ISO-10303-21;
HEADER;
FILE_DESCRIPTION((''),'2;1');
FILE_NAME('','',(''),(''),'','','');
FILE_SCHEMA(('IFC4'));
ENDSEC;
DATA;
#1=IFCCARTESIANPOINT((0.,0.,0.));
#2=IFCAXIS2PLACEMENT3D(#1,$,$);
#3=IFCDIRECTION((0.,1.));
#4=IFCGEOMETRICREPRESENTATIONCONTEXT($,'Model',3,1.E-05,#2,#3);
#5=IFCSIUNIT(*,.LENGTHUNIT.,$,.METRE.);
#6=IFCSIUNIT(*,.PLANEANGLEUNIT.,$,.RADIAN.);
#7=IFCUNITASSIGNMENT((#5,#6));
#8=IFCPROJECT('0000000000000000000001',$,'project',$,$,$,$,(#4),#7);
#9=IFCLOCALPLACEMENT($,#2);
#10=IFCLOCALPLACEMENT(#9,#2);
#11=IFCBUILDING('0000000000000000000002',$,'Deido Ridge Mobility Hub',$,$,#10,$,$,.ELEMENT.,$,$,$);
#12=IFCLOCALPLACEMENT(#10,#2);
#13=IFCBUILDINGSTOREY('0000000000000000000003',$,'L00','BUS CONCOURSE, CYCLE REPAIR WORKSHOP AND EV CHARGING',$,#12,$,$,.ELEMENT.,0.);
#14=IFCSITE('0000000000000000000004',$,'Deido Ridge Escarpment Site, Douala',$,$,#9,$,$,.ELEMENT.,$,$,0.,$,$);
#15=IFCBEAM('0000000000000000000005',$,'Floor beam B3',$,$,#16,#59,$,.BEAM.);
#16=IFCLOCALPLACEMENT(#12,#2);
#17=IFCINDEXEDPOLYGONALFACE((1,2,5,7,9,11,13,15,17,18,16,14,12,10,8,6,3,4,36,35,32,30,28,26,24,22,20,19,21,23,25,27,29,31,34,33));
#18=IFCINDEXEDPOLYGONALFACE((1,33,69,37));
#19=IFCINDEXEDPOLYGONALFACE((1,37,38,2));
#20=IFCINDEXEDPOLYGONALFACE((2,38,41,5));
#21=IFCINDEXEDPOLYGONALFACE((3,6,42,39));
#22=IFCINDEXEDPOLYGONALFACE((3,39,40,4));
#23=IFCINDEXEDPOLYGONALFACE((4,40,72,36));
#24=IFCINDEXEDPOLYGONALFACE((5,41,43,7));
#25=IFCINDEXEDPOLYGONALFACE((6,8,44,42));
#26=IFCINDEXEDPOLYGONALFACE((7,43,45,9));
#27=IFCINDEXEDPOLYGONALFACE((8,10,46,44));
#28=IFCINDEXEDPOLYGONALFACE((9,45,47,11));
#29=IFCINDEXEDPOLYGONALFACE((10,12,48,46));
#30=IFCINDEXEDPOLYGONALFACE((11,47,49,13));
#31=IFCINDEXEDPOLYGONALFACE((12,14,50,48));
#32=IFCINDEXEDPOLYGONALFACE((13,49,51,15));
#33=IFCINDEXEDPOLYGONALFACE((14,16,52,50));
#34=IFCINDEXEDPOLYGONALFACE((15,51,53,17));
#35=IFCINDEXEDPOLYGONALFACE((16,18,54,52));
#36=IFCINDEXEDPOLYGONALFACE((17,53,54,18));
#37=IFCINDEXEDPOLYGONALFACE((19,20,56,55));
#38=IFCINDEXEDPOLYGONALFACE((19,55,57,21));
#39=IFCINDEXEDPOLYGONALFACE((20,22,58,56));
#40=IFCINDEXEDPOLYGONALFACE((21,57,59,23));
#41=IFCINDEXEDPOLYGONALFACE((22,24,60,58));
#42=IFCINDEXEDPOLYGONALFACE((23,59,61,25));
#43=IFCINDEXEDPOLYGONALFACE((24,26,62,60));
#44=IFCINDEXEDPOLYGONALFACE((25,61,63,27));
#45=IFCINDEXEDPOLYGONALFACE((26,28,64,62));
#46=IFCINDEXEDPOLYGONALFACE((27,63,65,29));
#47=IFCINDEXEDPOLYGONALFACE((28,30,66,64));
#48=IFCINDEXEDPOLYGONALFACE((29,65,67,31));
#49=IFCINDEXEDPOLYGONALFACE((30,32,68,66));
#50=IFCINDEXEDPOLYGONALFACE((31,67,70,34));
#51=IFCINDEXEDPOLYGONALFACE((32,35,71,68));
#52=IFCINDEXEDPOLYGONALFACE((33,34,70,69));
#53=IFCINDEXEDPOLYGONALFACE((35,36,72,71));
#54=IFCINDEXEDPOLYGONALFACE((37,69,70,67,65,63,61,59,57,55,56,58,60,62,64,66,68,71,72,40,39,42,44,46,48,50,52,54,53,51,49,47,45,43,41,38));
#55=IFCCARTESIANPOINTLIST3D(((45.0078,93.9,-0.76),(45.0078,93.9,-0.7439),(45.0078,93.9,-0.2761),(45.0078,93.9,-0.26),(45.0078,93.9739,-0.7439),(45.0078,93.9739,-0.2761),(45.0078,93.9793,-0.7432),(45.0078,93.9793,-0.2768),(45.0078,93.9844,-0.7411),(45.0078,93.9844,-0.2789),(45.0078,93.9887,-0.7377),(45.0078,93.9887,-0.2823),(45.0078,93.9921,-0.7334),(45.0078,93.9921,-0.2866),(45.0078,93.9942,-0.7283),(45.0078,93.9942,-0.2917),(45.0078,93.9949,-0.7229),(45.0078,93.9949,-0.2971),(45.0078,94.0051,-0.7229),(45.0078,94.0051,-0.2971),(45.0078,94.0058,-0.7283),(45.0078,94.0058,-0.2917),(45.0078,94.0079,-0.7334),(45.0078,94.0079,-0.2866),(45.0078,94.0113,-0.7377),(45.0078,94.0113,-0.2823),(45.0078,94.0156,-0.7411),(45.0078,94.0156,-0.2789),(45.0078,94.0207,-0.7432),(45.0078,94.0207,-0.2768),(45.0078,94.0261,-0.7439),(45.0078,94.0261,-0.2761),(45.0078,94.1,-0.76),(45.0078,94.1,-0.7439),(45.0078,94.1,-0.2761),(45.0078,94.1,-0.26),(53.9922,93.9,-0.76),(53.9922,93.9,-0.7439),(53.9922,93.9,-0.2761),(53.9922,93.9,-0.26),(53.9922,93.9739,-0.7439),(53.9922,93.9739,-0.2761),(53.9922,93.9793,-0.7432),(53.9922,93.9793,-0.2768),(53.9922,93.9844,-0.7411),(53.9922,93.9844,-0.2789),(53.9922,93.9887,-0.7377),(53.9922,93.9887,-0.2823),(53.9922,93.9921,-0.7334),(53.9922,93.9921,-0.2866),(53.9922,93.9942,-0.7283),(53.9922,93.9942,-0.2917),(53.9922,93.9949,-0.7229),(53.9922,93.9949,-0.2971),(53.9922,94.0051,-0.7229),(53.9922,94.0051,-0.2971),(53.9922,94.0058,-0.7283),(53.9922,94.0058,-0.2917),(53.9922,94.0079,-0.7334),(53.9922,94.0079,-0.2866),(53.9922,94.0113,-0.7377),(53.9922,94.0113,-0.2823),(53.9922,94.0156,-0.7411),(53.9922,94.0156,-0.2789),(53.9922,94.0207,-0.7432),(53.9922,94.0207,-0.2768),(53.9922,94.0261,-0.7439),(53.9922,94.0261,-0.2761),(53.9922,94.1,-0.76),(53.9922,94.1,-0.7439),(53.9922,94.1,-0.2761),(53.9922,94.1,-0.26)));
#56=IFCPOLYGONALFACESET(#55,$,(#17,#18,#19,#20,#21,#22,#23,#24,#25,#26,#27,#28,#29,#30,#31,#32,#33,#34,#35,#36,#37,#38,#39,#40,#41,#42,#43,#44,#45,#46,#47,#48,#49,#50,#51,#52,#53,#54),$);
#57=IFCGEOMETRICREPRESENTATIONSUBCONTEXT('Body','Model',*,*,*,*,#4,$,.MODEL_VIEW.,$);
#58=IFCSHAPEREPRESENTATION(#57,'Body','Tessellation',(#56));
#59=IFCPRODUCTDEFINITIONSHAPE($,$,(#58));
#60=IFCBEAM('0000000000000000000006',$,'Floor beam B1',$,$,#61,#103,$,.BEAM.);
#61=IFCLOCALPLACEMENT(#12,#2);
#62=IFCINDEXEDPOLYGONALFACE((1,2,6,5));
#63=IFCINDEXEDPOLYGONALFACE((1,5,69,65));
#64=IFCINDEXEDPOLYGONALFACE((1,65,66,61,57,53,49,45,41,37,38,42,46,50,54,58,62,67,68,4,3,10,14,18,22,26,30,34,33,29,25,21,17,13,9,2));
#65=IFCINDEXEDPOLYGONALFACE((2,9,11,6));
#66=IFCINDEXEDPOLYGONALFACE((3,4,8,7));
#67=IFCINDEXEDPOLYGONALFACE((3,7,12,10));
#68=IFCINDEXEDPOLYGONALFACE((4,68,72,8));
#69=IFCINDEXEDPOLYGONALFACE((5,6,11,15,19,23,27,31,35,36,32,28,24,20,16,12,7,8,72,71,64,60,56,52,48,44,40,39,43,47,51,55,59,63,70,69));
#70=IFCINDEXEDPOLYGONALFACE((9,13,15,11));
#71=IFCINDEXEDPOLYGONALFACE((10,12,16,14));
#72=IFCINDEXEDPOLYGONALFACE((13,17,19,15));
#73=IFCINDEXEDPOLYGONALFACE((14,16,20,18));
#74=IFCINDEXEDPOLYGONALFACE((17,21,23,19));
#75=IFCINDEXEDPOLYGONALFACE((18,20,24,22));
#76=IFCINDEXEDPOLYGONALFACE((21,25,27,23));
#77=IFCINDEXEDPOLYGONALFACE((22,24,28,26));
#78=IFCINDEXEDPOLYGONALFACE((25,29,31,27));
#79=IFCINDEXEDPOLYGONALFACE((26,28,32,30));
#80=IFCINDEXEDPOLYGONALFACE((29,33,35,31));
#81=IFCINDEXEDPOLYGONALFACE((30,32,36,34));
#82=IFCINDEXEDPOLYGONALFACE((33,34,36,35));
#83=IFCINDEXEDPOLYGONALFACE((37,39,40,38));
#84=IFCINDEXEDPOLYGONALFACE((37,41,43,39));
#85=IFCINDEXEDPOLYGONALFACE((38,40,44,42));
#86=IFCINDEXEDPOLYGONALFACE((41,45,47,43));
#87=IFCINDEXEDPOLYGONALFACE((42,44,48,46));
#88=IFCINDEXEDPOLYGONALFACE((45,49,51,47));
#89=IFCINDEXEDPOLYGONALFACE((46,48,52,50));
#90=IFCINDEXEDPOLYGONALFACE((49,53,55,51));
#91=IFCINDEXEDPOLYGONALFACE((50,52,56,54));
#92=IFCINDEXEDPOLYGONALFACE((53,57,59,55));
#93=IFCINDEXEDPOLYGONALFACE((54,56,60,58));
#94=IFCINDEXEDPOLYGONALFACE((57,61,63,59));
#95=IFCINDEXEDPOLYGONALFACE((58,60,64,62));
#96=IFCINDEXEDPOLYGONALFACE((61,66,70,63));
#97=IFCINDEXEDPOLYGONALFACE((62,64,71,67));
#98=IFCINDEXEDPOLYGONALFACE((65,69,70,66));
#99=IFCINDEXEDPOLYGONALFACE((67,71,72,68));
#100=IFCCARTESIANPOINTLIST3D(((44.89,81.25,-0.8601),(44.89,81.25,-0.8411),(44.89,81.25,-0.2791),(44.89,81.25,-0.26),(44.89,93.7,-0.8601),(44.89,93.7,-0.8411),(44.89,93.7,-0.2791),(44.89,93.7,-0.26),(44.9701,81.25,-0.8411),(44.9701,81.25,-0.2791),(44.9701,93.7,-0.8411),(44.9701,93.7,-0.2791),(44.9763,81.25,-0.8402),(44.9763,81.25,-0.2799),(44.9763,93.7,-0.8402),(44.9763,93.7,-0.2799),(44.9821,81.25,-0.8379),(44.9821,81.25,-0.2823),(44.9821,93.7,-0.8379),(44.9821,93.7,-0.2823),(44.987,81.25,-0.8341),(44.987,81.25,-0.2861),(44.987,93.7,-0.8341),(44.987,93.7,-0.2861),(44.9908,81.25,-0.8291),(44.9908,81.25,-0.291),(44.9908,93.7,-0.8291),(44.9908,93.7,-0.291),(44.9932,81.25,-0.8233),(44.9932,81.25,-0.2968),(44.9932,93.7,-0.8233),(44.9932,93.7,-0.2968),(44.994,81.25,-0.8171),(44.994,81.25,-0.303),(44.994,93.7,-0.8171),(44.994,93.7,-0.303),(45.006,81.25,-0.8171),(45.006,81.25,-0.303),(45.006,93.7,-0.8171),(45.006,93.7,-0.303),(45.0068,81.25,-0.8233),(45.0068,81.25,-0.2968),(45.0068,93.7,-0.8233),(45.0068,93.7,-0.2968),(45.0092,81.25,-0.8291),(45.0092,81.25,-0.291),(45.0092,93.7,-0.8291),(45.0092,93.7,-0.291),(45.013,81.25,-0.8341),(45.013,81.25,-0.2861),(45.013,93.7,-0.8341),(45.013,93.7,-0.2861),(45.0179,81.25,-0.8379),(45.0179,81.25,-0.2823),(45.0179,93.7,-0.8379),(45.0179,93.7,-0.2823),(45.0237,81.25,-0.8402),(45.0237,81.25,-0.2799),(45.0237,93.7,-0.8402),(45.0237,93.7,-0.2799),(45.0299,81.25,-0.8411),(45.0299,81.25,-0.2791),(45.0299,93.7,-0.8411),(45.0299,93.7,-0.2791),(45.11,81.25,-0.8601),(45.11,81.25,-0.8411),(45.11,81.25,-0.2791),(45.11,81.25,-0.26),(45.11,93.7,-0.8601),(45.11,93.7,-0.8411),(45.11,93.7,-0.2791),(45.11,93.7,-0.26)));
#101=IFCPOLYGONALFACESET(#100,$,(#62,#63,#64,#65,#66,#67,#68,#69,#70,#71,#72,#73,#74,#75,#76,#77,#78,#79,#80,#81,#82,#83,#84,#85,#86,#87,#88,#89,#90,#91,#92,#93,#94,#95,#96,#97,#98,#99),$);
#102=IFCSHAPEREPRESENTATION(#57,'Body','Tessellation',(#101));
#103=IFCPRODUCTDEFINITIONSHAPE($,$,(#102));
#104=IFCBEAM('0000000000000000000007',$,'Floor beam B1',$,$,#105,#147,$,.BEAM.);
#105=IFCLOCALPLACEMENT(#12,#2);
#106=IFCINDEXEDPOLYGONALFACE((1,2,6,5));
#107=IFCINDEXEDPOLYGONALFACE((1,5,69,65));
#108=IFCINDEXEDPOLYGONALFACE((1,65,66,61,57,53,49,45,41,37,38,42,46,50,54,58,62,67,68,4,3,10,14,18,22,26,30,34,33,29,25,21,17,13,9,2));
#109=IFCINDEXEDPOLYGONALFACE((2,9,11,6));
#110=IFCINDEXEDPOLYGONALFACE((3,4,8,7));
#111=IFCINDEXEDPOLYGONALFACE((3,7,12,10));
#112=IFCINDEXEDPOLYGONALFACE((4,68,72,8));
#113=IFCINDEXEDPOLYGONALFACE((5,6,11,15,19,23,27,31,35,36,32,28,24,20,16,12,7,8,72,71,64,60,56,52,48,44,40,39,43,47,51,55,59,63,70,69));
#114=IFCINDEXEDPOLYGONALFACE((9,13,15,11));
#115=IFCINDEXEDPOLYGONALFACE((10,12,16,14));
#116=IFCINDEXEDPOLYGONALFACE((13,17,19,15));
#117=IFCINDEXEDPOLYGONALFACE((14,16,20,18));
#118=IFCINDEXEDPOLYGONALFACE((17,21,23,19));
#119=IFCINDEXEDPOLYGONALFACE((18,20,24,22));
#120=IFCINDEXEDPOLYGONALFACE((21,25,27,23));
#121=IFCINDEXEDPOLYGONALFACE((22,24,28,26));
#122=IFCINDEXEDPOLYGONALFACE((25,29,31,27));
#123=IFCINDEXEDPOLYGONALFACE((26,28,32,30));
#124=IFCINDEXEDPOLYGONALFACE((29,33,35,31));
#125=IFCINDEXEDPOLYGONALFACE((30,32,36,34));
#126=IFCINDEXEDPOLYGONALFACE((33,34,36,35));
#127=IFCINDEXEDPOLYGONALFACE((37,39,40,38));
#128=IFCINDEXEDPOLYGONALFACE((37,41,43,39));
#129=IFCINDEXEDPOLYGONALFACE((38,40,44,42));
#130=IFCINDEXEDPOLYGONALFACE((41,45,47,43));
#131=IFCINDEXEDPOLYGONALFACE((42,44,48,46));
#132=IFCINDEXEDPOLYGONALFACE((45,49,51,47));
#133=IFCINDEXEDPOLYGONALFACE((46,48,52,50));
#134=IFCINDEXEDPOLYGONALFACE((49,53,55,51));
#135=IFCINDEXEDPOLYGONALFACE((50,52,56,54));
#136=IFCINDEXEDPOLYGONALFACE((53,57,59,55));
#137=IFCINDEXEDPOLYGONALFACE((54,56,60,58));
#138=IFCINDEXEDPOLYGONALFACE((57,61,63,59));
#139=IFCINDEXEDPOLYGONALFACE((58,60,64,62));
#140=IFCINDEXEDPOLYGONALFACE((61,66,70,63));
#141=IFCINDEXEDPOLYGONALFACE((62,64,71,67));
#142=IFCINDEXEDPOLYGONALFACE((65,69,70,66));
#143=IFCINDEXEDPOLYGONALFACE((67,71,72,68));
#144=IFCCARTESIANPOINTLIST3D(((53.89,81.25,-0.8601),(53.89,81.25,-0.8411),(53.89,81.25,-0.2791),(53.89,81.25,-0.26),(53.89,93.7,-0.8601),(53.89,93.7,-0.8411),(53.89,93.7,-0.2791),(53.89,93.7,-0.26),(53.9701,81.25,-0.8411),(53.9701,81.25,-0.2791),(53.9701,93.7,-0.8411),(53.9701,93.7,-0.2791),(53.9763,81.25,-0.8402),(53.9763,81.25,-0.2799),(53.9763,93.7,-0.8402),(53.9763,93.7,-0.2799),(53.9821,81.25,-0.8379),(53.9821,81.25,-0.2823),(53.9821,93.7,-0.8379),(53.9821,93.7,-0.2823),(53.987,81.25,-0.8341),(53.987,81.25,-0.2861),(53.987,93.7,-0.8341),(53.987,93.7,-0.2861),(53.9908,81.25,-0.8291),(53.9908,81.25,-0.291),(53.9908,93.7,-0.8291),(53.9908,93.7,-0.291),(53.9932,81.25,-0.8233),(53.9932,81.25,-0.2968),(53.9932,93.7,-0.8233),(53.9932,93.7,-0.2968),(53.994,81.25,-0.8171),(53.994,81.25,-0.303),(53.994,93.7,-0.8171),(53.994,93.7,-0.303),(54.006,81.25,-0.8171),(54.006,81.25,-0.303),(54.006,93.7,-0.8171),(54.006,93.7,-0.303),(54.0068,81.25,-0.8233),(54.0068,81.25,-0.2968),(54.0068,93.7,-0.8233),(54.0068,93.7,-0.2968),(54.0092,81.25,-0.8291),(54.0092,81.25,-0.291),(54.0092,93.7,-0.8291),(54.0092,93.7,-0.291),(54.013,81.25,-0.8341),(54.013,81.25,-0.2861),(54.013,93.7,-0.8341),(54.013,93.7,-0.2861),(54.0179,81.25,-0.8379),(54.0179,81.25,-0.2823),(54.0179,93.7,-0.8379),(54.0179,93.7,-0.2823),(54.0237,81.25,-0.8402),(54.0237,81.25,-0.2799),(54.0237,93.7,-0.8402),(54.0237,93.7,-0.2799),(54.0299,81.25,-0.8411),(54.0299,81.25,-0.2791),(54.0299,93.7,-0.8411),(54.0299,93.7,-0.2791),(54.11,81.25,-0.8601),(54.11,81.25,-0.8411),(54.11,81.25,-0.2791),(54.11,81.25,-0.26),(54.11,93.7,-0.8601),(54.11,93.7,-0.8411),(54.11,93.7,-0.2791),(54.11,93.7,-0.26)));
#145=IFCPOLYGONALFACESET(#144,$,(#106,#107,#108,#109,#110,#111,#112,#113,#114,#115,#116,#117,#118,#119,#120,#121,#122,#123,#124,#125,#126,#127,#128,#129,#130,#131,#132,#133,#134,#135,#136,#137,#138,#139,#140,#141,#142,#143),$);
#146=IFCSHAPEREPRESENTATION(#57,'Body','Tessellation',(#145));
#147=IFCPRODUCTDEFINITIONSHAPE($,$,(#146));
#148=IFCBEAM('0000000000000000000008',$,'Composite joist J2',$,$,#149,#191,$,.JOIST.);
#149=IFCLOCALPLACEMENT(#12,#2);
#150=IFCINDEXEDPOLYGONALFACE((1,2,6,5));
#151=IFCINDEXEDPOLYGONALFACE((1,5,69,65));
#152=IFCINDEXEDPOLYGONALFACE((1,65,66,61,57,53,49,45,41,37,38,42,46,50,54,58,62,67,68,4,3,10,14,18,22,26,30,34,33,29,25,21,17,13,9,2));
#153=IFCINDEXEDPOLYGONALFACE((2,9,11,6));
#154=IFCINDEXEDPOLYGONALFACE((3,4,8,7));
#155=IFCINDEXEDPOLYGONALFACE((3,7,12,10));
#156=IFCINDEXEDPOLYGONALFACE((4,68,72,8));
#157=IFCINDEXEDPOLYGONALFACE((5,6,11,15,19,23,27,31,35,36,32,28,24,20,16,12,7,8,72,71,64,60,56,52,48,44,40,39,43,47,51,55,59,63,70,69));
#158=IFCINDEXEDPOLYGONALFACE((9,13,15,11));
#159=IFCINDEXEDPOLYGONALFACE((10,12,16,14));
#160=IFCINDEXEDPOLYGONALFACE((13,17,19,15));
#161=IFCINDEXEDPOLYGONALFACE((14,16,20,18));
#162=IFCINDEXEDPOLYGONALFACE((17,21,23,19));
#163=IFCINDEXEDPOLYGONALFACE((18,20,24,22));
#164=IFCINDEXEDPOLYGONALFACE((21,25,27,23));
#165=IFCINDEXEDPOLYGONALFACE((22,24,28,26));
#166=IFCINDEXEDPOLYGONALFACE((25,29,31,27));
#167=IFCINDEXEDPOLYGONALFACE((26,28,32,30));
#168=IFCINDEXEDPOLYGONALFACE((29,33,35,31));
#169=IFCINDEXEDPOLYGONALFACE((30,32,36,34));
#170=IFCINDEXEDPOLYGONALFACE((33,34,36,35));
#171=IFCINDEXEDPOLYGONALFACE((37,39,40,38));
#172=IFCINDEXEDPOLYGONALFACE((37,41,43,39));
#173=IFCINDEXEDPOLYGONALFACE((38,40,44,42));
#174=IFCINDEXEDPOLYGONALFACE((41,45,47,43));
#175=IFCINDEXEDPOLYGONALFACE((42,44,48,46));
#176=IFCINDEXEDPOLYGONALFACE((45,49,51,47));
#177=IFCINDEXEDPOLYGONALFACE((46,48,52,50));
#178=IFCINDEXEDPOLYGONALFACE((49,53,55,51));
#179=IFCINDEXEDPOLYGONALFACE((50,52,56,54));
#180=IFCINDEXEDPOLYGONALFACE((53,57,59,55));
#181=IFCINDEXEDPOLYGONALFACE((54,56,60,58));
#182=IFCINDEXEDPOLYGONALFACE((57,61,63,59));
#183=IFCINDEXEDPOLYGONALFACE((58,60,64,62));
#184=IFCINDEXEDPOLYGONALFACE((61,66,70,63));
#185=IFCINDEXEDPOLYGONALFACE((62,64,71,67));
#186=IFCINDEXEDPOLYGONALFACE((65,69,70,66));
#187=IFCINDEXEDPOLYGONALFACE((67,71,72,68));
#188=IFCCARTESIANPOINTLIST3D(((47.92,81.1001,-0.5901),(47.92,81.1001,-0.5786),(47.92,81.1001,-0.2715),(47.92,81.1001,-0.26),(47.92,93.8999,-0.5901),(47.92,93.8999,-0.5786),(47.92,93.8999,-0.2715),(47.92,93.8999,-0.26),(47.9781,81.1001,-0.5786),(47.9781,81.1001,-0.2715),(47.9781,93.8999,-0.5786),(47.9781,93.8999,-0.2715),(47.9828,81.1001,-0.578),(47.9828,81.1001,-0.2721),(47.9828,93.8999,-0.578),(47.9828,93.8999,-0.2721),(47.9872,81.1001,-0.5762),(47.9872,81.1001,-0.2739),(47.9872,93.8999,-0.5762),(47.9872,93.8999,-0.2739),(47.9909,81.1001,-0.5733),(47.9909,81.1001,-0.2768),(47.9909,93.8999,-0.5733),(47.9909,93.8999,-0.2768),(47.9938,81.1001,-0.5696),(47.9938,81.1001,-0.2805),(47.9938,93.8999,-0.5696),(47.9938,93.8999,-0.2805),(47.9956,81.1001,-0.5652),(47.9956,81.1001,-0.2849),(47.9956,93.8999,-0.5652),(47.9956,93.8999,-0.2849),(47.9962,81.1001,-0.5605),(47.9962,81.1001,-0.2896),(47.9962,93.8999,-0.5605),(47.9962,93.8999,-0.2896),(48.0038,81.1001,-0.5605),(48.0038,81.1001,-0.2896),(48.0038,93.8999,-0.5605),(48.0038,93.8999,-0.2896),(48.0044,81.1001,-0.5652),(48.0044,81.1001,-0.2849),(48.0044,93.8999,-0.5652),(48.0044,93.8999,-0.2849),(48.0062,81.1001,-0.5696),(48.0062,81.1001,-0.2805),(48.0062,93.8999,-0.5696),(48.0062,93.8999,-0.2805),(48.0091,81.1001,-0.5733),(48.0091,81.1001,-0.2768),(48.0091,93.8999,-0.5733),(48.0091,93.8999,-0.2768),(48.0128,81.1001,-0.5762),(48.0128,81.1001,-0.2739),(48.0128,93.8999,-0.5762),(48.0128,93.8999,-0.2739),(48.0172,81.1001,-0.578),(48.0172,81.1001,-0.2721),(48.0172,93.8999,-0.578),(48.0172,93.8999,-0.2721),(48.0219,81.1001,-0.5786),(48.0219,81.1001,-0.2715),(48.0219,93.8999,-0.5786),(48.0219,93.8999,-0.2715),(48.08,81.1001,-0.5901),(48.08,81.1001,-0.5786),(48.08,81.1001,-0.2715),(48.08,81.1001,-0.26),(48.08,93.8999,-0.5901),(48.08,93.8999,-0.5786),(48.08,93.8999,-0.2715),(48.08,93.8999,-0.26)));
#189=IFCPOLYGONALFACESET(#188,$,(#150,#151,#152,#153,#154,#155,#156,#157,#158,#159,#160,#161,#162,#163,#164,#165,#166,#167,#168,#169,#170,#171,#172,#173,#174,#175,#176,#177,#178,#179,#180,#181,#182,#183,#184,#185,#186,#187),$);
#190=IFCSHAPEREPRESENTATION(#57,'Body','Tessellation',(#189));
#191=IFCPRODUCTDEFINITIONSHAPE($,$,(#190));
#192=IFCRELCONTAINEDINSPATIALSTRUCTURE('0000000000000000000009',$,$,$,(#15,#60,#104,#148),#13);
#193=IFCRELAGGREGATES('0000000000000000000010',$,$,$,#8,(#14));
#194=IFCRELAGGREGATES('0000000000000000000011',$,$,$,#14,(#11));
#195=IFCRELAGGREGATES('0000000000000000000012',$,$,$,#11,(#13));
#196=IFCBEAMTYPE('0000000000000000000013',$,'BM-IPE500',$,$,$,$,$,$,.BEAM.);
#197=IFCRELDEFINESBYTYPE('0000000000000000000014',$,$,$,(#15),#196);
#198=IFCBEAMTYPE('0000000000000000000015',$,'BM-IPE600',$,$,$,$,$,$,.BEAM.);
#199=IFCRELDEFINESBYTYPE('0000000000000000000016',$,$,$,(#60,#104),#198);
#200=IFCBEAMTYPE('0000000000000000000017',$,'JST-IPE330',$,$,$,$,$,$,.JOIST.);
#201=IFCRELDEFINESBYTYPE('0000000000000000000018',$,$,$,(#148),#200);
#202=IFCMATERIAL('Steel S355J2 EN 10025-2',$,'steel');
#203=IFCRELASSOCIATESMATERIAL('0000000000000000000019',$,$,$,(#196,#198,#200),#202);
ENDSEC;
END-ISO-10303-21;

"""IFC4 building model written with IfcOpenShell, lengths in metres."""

from ifc_helpers import new_model, si_unit, direction, frame, origin, origin_2d, place, context, subcontext, project, spatial, i_section, extrude, material, material_profile, profile_set, type_object, element, save


model = new_model("IFC4")

# Units and contexts
model_context = context("Model", 3, precision=1e-05, world=origin(), true_north=direction((0.0, 1.0)))
body_context = subcontext(model_context, "Body", "Model", "MODEL_VIEW")
ifc_project = project(units=[si_unit("LENGTHUNIT", "METRE"), si_unit("PLANEANGLEUNIT", "RADIAN")], contexts=[model_context])

# Site, building, storey
site_placement = place(None, origin())
site = spatial("IfcSite", under=ifc_project, at=site_placement, Name="Deido Ridge Escarpment Site, Douala", CompositionType="ELEMENT", RefElevation=0.0)
building_placement = place(site_placement, origin())
building = spatial("IfcBuilding", under=site, at=building_placement, Name="Deido Ridge Mobility Hub", CompositionType="ELEMENT")
storey_placement = place(building_placement, origin())
storey = spatial("IfcBuildingStorey", under=building, at=storey_placement, Name="L00", Description="BUS CONCOURSE, CYCLE REPAIR WORKSHOP AND EV CHARGING", CompositionType="ELEMENT", Elevation=0.0)

# Shared definitions
ifc_material_1 = material(Name="Steel S355J2 EN 10025-2", Category="steel")

# Beams
ifc_material_profile_1 = material_profile(ifc_material_1, i_section(OverallWidth=0.2, OverallDepth=0.5, WebThickness=0.0103, FlangeThickness=0.0161, FilletRadius=0.021, at=origin_2d()), Name="IPE 500")
ifc_profile_set_1 = profile_set([ifc_material_profile_1], Name="Steel S355J2 EN 10025-2")
beam_type_1 = type_object("IfcBeamType", Name="BM-IPE500", PredefinedType="BEAM", material=ifc_profile_set_1)
beam_1_placement = place(storey_placement, frame((45.0078, 94.0, -0.51), z_axis=(1.0, 0.0, 0.0), x_axis=(0.0, 1.0, 0.0)))
element("IfcBeam", 1, at=beam_1_placement, inside=storey, type_object=beam_type_1, Name="Floor beam B3", PredefinedType="BEAM", context=body_context, shape_type="SweptSolid", body=[
    extrude(i_section(OverallWidth=0.2, OverallDepth=0.5, WebThickness=0.0103, FlangeThickness=0.0161, FilletRadius=0.021, at=origin_2d()), origin(), (0.0, 0.0, 1.0), 8.9844),
])
ifc_material_profile_2 = material_profile(ifc_material_1, i_section(OverallWidth=0.22, OverallDepth=0.6001, WebThickness=0.012, FlangeThickness=0.019, FilletRadius=0.0239, at=origin_2d()), Name="IPE 600")
ifc_profile_set_2 = profile_set([ifc_material_profile_2], Name="Steel S355J2 EN 10025-2")
beam_type_2 = type_object("IfcBeamType", Name="BM-IPE600", PredefinedType="BEAM", material=ifc_profile_set_2)
for number, where, z_axis, x_axis, name in (
    (2, (45.0, 81.25, -0.5601), (0.0, 1.0, 0.0), (-1.0, 0.0, 0.0), "Floor beam B1"),
    (3, (54.0, 81.25, -0.5601), (0.0, 1.0, 0.0), (-1.0, 0.0, 0.0), "Floor beam B1"),
):
    element("IfcBeam", number, at=place(storey_placement, frame(where, z_axis=z_axis, x_axis=x_axis)), inside=storey, type_object=beam_type_2, Name=name, PredefinedType="BEAM", context=body_context, shape_type="SweptSolid", body=[
        extrude(i_section(OverallWidth=0.22, OverallDepth=0.6001, WebThickness=0.012, FlangeThickness=0.019, FilletRadius=0.0239, at=origin_2d()), origin(), (0.0, 0.0, 1.0), 12.45),
    ])
ifc_material_profile_3 = material_profile(ifc_material_1, i_section(OverallWidth=0.1599, OverallDepth=0.3301, WebThickness=0.0076, FlangeThickness=0.0115, FilletRadius=0.0181, at=origin_2d()), Name="IPE 330")
ifc_profile_set_3 = profile_set([ifc_material_profile_3], Name="Steel S355J2 EN 10025-2")
beam_type_3 = type_object("IfcBeamType", Name="JST-IPE330", PredefinedType="JOIST", material=ifc_profile_set_3)
beam_2_placement = place(storey_placement, frame((48.0, 81.1001, -0.425), z_axis=(0.0, 1.0, 0.0), x_axis=(-1.0, 0.0, 0.0)))
element("IfcBeam", 4, at=beam_2_placement, inside=storey, type_object=beam_type_3, Name="Composite joist J2", PredefinedType="JOIST", context=body_context, shape_type="SweptSolid", body=[
    extrude(i_section(OverallWidth=0.1599, OverallDepth=0.3301, WebThickness=0.0076, FlangeThickness=0.0115, FilletRadius=0.0181, at=origin_2d()), origin(), (0.0, 0.0, 1.0), 12.7998),
])

save(model, "model.ifc")
